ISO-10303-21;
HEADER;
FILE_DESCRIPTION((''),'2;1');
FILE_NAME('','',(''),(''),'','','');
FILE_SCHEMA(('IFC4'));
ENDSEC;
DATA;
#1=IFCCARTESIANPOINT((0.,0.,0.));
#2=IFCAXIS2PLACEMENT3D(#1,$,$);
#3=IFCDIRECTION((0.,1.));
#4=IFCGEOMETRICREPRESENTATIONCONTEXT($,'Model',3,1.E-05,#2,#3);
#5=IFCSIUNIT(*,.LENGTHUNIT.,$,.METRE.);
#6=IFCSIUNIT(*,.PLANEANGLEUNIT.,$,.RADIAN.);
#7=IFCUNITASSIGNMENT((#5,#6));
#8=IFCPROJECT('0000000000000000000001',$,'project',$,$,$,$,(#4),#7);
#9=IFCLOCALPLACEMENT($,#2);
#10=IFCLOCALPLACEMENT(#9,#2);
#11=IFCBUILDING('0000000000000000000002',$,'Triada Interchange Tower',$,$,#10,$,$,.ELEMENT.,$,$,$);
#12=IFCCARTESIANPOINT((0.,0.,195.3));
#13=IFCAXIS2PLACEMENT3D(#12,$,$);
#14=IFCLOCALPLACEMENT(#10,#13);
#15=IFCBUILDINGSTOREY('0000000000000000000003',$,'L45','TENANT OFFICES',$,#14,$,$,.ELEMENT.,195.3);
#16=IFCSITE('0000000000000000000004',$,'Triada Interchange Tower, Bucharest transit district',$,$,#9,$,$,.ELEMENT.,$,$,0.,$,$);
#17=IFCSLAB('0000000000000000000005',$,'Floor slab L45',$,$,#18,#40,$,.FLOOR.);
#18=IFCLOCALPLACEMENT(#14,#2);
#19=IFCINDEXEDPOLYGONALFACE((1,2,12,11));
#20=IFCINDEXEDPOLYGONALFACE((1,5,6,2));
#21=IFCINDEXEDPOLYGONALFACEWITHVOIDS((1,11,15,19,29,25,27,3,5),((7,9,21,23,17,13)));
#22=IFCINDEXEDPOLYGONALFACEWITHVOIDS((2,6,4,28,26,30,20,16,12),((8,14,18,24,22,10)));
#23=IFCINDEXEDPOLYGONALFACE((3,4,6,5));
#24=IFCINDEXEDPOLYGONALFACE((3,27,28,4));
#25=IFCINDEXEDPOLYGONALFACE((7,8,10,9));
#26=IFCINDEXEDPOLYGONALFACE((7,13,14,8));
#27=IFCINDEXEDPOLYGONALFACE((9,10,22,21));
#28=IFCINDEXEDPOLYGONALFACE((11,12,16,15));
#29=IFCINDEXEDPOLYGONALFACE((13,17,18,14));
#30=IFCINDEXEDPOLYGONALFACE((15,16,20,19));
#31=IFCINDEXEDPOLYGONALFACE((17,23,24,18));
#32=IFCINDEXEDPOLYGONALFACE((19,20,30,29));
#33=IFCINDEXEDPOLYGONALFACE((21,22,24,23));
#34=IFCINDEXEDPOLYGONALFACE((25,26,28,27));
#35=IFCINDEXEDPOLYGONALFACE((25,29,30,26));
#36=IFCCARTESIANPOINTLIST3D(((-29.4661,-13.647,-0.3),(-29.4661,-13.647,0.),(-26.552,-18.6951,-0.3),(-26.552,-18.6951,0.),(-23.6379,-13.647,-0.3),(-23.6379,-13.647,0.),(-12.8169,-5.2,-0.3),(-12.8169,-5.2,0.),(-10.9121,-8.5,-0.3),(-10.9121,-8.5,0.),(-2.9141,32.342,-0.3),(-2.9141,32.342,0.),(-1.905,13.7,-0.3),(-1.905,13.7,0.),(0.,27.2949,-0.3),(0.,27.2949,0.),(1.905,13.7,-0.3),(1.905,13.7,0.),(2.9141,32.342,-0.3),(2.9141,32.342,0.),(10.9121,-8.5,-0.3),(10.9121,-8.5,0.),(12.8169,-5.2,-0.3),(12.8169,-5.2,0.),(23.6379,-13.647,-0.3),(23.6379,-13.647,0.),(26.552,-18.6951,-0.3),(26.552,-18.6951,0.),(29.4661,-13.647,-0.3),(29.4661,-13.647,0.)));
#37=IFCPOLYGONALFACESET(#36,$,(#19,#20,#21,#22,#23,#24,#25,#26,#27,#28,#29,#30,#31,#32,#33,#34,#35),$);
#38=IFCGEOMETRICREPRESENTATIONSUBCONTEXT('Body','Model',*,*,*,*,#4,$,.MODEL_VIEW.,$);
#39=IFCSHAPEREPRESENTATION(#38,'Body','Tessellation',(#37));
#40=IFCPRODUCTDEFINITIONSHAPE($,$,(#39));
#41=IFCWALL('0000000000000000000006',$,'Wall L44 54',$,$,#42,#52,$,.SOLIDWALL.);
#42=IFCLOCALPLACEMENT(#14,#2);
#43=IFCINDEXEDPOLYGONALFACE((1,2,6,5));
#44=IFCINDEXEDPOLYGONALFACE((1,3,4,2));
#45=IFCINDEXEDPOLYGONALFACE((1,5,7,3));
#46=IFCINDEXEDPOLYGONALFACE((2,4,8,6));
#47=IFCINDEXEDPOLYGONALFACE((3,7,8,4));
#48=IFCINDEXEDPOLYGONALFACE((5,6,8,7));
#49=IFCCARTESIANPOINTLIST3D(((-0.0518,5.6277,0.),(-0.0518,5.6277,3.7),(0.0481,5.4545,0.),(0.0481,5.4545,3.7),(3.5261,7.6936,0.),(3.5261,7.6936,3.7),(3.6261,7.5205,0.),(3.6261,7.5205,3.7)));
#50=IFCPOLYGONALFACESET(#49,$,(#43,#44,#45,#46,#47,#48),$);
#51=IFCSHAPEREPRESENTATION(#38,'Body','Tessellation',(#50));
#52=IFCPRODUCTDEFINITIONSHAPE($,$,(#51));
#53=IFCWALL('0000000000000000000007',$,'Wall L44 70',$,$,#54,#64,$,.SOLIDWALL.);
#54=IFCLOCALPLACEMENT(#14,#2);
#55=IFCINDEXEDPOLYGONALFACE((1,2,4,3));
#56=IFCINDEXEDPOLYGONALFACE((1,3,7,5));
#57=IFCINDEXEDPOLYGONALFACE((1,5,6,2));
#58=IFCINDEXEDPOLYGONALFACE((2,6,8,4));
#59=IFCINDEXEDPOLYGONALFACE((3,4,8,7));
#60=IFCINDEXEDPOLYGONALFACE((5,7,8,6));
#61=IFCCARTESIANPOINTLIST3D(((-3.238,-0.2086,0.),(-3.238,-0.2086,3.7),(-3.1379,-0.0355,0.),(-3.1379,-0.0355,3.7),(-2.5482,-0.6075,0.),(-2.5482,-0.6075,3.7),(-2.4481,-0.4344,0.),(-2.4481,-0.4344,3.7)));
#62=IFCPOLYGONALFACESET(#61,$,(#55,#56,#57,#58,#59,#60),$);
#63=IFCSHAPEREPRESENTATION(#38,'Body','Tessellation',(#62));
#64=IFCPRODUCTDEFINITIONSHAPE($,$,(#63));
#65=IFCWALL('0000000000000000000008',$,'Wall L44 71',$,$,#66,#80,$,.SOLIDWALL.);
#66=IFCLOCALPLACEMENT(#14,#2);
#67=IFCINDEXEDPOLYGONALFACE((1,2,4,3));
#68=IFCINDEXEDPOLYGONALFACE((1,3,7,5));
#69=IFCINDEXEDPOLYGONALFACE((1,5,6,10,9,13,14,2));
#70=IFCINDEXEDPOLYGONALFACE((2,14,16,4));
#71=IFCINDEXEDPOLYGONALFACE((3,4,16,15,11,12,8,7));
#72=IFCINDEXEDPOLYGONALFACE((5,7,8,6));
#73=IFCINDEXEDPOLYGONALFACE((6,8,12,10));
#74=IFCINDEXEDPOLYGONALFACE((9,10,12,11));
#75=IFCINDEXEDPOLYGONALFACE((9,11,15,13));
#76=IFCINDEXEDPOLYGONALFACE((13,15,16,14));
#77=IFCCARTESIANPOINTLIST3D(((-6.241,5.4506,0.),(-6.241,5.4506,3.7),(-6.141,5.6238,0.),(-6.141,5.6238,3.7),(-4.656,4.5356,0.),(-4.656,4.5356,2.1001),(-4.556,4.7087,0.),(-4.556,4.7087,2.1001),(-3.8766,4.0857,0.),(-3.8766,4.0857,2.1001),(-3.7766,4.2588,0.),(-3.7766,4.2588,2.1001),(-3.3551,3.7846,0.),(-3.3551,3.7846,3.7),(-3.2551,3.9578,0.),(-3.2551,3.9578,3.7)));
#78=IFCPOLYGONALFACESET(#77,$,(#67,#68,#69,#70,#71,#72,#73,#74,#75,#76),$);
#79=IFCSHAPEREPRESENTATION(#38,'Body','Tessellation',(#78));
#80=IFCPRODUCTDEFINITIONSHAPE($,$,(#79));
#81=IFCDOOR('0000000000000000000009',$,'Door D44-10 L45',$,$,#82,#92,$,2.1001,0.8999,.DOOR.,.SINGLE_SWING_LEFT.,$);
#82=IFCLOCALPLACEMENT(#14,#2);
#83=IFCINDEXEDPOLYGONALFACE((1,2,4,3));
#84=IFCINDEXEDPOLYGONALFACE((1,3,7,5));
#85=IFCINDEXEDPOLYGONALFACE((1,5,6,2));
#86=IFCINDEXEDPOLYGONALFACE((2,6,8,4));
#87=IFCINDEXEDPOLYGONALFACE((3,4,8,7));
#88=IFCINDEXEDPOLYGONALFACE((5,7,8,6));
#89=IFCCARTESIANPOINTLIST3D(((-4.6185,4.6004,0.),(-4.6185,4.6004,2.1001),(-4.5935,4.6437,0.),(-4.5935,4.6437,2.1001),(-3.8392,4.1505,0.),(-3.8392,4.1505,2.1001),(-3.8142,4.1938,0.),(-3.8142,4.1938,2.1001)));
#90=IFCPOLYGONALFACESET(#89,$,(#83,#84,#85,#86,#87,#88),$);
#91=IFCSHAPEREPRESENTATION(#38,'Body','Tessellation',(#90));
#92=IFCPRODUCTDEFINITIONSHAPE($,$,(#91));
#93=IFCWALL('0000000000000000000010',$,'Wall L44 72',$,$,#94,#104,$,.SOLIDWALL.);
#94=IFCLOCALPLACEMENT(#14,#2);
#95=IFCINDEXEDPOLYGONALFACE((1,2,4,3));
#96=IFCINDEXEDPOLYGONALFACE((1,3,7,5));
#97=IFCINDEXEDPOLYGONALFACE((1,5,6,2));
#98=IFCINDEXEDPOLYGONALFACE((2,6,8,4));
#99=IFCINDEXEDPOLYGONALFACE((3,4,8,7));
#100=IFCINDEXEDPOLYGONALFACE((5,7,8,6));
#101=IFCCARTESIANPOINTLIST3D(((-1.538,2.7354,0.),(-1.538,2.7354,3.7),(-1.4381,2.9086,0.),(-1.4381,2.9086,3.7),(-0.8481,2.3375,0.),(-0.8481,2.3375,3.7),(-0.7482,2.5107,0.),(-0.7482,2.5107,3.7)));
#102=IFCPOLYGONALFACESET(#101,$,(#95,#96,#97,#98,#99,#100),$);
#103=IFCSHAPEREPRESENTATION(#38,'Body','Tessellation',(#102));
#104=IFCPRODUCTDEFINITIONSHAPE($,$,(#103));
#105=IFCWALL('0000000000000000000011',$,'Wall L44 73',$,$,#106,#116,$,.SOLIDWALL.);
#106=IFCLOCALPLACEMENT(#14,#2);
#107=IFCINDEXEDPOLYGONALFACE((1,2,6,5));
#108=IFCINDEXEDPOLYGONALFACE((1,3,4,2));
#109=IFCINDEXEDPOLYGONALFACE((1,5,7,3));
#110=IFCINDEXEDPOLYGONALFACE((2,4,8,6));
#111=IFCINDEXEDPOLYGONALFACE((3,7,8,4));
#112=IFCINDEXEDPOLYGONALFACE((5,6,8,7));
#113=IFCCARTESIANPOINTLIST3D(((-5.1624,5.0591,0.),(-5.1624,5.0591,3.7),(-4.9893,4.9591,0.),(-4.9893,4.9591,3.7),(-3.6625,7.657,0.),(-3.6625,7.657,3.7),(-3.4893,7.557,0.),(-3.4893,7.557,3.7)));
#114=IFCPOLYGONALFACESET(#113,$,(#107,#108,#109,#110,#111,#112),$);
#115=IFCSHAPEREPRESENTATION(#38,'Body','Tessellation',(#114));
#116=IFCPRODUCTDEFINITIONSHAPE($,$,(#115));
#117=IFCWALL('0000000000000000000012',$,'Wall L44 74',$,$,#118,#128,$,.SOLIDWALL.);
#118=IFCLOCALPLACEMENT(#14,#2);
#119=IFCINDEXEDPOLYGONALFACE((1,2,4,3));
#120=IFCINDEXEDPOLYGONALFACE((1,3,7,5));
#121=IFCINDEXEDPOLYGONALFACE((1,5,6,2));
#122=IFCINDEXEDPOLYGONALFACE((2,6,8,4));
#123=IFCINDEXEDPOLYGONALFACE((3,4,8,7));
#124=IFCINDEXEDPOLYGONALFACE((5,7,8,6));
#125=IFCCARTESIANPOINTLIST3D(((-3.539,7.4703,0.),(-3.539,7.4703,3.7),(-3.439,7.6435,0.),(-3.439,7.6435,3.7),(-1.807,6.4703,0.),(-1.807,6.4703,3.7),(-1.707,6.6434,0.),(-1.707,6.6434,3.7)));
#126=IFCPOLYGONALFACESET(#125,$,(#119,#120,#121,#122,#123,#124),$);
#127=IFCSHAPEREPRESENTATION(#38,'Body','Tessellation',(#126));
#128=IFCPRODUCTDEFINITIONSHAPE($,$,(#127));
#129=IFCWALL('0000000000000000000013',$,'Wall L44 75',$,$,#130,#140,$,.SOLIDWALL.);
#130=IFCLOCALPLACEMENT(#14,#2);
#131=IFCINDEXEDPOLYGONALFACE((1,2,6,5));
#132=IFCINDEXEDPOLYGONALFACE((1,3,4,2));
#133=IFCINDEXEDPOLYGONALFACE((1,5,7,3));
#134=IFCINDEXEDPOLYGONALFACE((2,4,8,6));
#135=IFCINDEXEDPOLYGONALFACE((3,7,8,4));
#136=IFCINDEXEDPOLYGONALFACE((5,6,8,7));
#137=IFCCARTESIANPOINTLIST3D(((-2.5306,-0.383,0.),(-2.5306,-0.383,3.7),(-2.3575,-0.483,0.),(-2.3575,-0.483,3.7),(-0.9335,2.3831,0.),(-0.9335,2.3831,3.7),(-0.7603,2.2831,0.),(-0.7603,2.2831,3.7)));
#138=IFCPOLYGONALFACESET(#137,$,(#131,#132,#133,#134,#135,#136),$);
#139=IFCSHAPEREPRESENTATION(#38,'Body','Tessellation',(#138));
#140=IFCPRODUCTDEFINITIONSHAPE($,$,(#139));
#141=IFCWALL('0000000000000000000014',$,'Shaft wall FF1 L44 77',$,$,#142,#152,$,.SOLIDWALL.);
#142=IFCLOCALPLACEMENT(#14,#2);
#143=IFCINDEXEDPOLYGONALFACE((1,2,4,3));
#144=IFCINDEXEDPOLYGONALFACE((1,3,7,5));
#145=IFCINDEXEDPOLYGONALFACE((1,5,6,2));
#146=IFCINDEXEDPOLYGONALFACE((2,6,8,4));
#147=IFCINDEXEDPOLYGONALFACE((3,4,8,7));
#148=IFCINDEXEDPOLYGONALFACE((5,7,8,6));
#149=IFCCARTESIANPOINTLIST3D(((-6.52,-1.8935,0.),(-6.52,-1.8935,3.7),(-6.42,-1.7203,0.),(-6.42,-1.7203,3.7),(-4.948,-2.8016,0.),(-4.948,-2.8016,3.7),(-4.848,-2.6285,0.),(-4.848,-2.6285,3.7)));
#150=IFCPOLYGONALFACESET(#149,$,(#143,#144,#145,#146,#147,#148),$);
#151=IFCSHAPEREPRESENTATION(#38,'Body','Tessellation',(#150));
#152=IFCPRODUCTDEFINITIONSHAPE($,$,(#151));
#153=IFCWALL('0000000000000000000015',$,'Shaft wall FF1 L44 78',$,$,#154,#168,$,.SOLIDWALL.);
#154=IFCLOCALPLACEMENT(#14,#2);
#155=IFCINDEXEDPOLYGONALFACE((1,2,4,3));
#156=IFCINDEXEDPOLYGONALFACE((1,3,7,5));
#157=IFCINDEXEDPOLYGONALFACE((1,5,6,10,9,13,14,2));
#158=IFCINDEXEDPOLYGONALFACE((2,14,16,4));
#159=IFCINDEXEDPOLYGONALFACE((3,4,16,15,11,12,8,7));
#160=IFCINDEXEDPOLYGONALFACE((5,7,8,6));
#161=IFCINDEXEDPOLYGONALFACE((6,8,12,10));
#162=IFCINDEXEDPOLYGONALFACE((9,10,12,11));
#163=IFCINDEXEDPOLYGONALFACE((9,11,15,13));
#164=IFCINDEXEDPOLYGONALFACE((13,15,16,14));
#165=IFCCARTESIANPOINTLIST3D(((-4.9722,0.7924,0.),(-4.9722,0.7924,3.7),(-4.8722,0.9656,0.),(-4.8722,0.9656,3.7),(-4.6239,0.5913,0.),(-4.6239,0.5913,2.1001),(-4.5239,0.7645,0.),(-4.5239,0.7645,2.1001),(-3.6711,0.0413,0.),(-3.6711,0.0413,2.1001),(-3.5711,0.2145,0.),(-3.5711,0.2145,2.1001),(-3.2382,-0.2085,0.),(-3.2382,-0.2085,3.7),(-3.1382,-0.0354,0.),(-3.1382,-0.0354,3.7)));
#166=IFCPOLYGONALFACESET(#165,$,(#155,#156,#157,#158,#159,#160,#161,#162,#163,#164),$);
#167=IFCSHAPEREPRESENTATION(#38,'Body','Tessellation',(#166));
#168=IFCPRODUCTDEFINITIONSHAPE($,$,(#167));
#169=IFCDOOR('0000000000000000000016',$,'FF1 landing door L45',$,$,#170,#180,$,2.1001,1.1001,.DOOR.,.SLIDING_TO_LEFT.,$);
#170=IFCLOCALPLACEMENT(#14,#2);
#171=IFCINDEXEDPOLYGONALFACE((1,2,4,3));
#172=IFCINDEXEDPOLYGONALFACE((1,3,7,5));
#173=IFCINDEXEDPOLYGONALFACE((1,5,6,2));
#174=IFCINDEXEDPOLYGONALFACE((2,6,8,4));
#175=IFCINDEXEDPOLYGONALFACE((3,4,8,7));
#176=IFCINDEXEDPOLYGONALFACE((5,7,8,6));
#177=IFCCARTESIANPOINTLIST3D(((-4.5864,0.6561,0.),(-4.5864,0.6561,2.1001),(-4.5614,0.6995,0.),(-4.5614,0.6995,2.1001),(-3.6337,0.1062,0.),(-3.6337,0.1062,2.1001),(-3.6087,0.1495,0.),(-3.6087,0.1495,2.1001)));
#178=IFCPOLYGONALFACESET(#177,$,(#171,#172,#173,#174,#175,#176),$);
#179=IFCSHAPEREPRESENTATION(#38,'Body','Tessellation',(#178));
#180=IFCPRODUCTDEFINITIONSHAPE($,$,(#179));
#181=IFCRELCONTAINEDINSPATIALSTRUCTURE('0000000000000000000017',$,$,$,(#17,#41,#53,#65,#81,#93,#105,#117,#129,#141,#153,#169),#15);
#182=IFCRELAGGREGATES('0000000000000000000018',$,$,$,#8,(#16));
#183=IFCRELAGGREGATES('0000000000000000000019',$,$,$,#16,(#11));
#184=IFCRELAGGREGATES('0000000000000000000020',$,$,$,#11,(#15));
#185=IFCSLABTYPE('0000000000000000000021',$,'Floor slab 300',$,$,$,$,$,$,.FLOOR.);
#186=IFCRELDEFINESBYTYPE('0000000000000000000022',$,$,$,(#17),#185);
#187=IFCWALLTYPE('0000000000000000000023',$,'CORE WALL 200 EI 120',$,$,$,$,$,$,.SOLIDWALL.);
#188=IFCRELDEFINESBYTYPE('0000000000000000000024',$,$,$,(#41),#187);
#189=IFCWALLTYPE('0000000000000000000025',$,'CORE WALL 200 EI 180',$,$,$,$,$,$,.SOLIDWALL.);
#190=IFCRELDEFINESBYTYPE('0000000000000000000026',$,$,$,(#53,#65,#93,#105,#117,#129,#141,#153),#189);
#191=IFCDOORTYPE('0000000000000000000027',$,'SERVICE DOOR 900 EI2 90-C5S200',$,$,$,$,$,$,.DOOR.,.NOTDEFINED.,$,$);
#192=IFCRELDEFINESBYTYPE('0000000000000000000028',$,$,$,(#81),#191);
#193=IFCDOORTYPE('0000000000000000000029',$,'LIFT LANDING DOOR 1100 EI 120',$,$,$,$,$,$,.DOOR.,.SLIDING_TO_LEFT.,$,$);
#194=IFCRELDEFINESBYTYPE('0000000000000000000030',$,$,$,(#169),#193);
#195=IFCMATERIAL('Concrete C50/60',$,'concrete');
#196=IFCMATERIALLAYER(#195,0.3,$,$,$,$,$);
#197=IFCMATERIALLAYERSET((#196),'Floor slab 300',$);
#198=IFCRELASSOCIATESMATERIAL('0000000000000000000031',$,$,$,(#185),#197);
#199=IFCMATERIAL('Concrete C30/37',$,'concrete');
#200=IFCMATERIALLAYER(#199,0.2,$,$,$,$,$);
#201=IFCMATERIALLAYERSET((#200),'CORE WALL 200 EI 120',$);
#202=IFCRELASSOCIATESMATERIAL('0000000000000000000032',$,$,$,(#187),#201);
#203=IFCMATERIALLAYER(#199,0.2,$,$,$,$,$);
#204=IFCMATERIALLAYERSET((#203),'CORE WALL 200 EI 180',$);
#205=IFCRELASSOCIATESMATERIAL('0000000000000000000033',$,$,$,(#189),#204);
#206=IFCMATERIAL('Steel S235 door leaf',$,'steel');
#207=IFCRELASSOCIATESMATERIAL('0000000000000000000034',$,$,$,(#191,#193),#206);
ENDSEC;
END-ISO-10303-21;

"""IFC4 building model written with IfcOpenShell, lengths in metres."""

from ifc_helpers import new_model, si_unit, direction, frame, frame_2d, origin, place, context, subcontext, project, spatial, polyline, rectangle, outline, extrude, material, layer, layer_set, type_object, element, fill, save


model = new_model("IFC4")

# Units and contexts
model_context = context("Model", 3, precision=1e-05, world=origin(), true_north=direction((0.0, 1.0)))
body_context = subcontext(model_context, "Body", "Model", "MODEL_VIEW")
ifc_project = project(units=[si_unit("LENGTHUNIT", "METRE"), si_unit("PLANEANGLEUNIT", "RADIAN")], contexts=[model_context])

# Site, building, storey
site_placement = place(None, origin())
site = spatial("IfcSite", under=ifc_project, at=site_placement, Name="Triada Interchange Tower, Bucharest transit district", CompositionType="ELEMENT", RefElevation=0.0)
building_placement = place(site_placement, origin())
building = spatial("IfcBuilding", under=site, at=building_placement, Name="Triada Interchange Tower", CompositionType="ELEMENT")
storey_placement = place(building_placement, frame((0.0, 0.0, 195.3)))
storey = spatial("IfcBuildingStorey", under=building, at=storey_placement, Name="L45", Description="TENANT OFFICES", CompositionType="ELEMENT", Elevation=195.3)

# Slab
ifc_material_1 = material(Name="Concrete C50/60", Category="concrete")
ifc_layer_1 = layer(ifc_material_1, 0.3)
ifc_layer_set_1 = layer_set([ifc_layer_1], Name="Floor slab 300")
slab_type = type_object("IfcSlabType", Name="Floor slab 300", PredefinedType="FLOOR", material=ifc_layer_set_1)
slab_placement = place(storey_placement, frame((0.0, 0.0, -0.3)))
element("IfcSlab", 1, at=slab_placement, inside=storey, type_object=slab_type, Name="Floor slab L45", PredefinedType="FLOOR", context=body_context, shape_type="SweptSolid", body=[
    extrude(outline(polyline([(-2.9141, 32.342), (-29.4661, -13.647), (-23.6379, -13.647), (-26.552, -18.6951), (26.552, -18.6951), (23.6379, -13.647), (29.4661, -13.647), (2.9141, 32.342), (0.0, 27.2949), (-2.9141, 32.342)]), holes=[polyline([(1.905, 13.7), (-1.905, 13.7), (-12.8169, -5.2), (-10.9121, -8.5), (10.9121, -8.5), (12.8169, -5.2), (1.905, 13.7)])]), origin(), (0.0, 0.0, 1.0), 0.3),
])

# Walls
ifc_material_2 = material(Name="Concrete C30/37", Category="concrete")
ifc_layer_2 = layer(ifc_material_2, 0.2)
ifc_layer_set_2 = layer_set([ifc_layer_2], Name="CORE WALL 200 EI 120")
wall_type_1 = type_object("IfcWallType", Name="CORE WALL 200 EI 120", PredefinedType="SOLIDWALL", material=ifc_layer_set_2)
wall_1_placement = place(storey_placement, frame((-0.002, 5.541, 0.0), z_axis=(0.0, 0.0, 1.0), x_axis=(0.866002, 0.500041, 0.0)))
element("IfcWall", 2, at=wall_1_placement, inside=storey, type_object=wall_type_1, Name="Wall L44 54", PredefinedType="SOLIDWALL", context=body_context, shape_type="SweptSolid", body=[
    extrude(rectangle(XDim=4.1316, YDim=0.2, at=frame_2d((2.0659, 0.0))), origin(), (0.0, 0.0, 1.0), 3.7),
])
ifc_layer_3 = layer(ifc_material_2, 0.2)
ifc_layer_set_3 = layer_set([ifc_layer_3], Name="CORE WALL 200 EI 180")
wall_type_2 = type_object("IfcWallType", Name="CORE WALL 200 EI 180", PredefinedType="SOLIDWALL", material=ifc_layer_set_3)
wall_2_placement = place(storey_placement, frame((-3.188, -0.1221, 0.0), z_axis=(0.0, 0.0, 1.0), x_axis=(0.865706, -0.500553, 0.0)))
element("IfcWall", 3, at=wall_2_placement, inside=storey, type_object=wall_type_2, Name="Wall L44 70", PredefinedType="SOLIDWALL", context=body_context, shape_type="SweptSolid", body=[
    extrude(rectangle(XDim=0.7969, YDim=0.2, at=frame_2d((0.3984, 0.0))), origin(), (0.0, 0.0, 1.0), 3.7),
])

# Wall, opening, door
wall_3_placement = place(storey_placement, frame((-6.1909, 5.5371, 0.0), z_axis=(0.0, 0.0, 1.0), x_axis=(0.866053, -0.499953, 0.0)))
wall_3 = element("IfcWall", 4, at=wall_3_placement, inside=storey, type_object=wall_type_2, Name="Wall L44 71", PredefinedType="SOLIDWALL", context=body_context, shape_type="SweptSolid", body=[
    extrude(rectangle(XDim=3.3323, YDim=0.2, at=frame_2d((1.666, 0.0))), origin(), (0.0, 0.0, 1.0), 3.7),
])
opening_1_placement = place(wall_3_placement, frame((1.8301, 0.0, 0.0)))
opening_1 = element("IfcOpeningElement", 5, at=opening_1_placement, cuts=wall_3, PredefinedType="OPENING", context=body_context, shape_type="SweptSolid", body=[
    extrude(rectangle(XDim=0.8999, YDim=2.1001, at=frame_2d((0.45, 1.05))), frame((0.0, 0.1099, 0.0), z_axis=(0.0, -1.0, 0.0), x_axis=(1.0, 0.0, 0.0)), (0.0, 0.0, 1.0), 0.22),
])
ifc_material_3 = material(Name="Steel S235 door leaf", Category="steel")
door_type_1 = type_object("IfcDoorType", Name="SERVICE DOOR 900 EI2 90-C5S200", OperationType="NOTDEFINED", PredefinedType="DOOR", material=ifc_material_3)
door_1_placement = place(opening_1_placement, origin())
door_1 = element("IfcDoor", 6, at=door_1_placement, inside=storey, type_object=door_type_1, Name="Door D44-10 L45", OperationType="SINGLE_SWING_LEFT", OverallHeight=2.1001, OverallWidth=0.8999, PredefinedType="DOOR", context=body_context, shape_type="SweptSolid", body=[
    extrude(rectangle(XDim=0.8999, YDim=2.1001, at=frame_2d((0.45, 1.05))), frame((0.0, 0.0249, 0.0), z_axis=(0.0, -1.0, 0.0), x_axis=(1.0, 0.0, 0.0)), (0.0, 0.0, 1.0), 0.05),
])
fill(opening_1, door_1)

# Walls
wall_4_placement = place(storey_placement, frame((-1.488, 2.822, 0.0), z_axis=(0.0, 0.0, 1.0), x_axis=(0.866237, -0.499634, 0.0)))
element("IfcWall", 7, at=wall_4_placement, inside=storey, type_object=wall_type_2, Name="Wall L44 72", PredefinedType="SOLIDWALL", context=body_context, shape_type="SweptSolid", body=[
    extrude(rectangle(XDim=0.7964, YDim=0.2, at=frame_2d((0.3982, 0.0))), origin(), (0.0, 0.0, 1.0), 3.7),
])
wall_5_placement = place(storey_placement, frame((-5.0759, 5.009, 0.0), z_axis=(0.0, 0.0, 1.0), x_axis=(0.500025, 0.866011, 0.0)))
element("IfcWall", 8, at=wall_5_placement, inside=storey, type_object=wall_type_2, Name="Wall L44 73", PredefinedType="SOLIDWALL", context=body_context, shape_type="SweptSolid", body=[
    extrude(rectangle(XDim=2.9998, YDim=0.2, at=frame_2d((1.5, 0.0))), origin(), (0.0, 0.0, 1.0), 3.7),
])
wall_6_placement = place(storey_placement, frame((-3.489, 7.5569, 0.0), z_axis=(0.0, 0.0, 1.0), x_axis=(0.866011, -0.500025, 0.0)))
element("IfcWall", 9, at=wall_6_placement, inside=storey, type_object=wall_type_2, Name="Wall L44 74", PredefinedType="SOLIDWALL", context=body_context, shape_type="SweptSolid", body=[
    extrude(rectangle(XDim=2.0, YDim=0.2, at=frame_2d((1.0, 0.0))), origin(), (0.0, 0.0, 1.0), 3.7),
])
wall_7_placement = place(storey_placement, frame((-2.4441, -0.4331, 0.0), z_axis=(0.0, 0.0, 1.0), x_axis=(0.500036, 0.866005, 0.0)))
element("IfcWall", 10, at=wall_7_placement, inside=storey, type_object=wall_type_2, Name="Wall L44 75", PredefinedType="SOLIDWALL", context=body_context, shape_type="SweptSolid", body=[
    extrude(rectangle(XDim=3.1941, YDim=0.2, at=frame_2d((1.5972, 0.0))), origin(), (0.0, 0.0, 1.0), 3.7),
])
wall_8_placement = place(storey_placement, frame((-6.47, -1.8069, 0.0), z_axis=(0.0, 0.0, 1.0), x_axis=(0.865883, -0.500246, 0.0)))
element("IfcWall", 11, at=wall_8_placement, inside=storey, type_object=wall_type_2, Name="Shaft wall FF1 L44 77", PredefinedType="SOLIDWALL", context=body_context, shape_type="SweptSolid", body=[
    extrude(rectangle(XDim=1.8154, YDim=0.2, at=frame_2d((0.9077, 0.0))), origin(), (0.0, 0.0, 1.0), 3.7),
])

# Wall, opening, door
wall_9_placement = place(storey_placement, frame((-4.9221, 0.8789, 0.0), z_axis=(0.0, 0.0, 1.0), x_axis=(0.866074, -0.499916, 0.0)))
wall_9 = element("IfcWall", 12, at=wall_9_placement, inside=storey, type_object=wall_type_2, Name="Shaft wall FF1 L44 78", PredefinedType="SOLIDWALL", context=body_context, shape_type="SweptSolid", body=[
    extrude(rectangle(XDim=2.0022, YDim=0.2, at=frame_2d((1.001, 0.0))), origin(), (0.0, 0.0, 1.0), 3.7),
])
opening_2_placement = place(wall_9_placement, frame((0.4021, 0.0, 0.0)))
opening_2 = element("IfcOpeningElement", 13, at=opening_2_placement, cuts=wall_9, PredefinedType="OPENING", context=body_context, shape_type="SweptSolid", body=[
    extrude(rectangle(XDim=1.1001, YDim=2.1001, at=frame_2d((0.55, 1.05))), frame((0.0, 0.1099, 0.0), z_axis=(0.0, -1.0, 0.0), x_axis=(1.0, 0.0, 0.0)), (0.0, 0.0, 1.0), 0.22),
])
door_type_2 = type_object("IfcDoorType", Name="LIFT LANDING DOOR 1100 EI 120", OperationType="SLIDING_TO_LEFT", PredefinedType="DOOR", material=ifc_material_3)
door_2_placement = place(opening_2_placement, origin())
door_2 = element("IfcDoor", 14, at=door_2_placement, inside=storey, type_object=door_type_2, Name="FF1 landing door L45", OperationType="SLIDING_TO_LEFT", OverallHeight=2.1001, OverallWidth=1.1001, PredefinedType="DOOR", context=body_context, shape_type="SweptSolid", body=[
    extrude(rectangle(XDim=1.1001, YDim=2.1001, at=frame_2d((0.55, 1.05))), frame((0.0, 0.0249, 0.0), z_axis=(0.0, -1.0, 0.0), x_axis=(1.0, 0.0, 0.0)), (0.0, 0.0, 1.0), 0.05),
])
fill(opening_2, door_2)

save(model, "model.ifc")
